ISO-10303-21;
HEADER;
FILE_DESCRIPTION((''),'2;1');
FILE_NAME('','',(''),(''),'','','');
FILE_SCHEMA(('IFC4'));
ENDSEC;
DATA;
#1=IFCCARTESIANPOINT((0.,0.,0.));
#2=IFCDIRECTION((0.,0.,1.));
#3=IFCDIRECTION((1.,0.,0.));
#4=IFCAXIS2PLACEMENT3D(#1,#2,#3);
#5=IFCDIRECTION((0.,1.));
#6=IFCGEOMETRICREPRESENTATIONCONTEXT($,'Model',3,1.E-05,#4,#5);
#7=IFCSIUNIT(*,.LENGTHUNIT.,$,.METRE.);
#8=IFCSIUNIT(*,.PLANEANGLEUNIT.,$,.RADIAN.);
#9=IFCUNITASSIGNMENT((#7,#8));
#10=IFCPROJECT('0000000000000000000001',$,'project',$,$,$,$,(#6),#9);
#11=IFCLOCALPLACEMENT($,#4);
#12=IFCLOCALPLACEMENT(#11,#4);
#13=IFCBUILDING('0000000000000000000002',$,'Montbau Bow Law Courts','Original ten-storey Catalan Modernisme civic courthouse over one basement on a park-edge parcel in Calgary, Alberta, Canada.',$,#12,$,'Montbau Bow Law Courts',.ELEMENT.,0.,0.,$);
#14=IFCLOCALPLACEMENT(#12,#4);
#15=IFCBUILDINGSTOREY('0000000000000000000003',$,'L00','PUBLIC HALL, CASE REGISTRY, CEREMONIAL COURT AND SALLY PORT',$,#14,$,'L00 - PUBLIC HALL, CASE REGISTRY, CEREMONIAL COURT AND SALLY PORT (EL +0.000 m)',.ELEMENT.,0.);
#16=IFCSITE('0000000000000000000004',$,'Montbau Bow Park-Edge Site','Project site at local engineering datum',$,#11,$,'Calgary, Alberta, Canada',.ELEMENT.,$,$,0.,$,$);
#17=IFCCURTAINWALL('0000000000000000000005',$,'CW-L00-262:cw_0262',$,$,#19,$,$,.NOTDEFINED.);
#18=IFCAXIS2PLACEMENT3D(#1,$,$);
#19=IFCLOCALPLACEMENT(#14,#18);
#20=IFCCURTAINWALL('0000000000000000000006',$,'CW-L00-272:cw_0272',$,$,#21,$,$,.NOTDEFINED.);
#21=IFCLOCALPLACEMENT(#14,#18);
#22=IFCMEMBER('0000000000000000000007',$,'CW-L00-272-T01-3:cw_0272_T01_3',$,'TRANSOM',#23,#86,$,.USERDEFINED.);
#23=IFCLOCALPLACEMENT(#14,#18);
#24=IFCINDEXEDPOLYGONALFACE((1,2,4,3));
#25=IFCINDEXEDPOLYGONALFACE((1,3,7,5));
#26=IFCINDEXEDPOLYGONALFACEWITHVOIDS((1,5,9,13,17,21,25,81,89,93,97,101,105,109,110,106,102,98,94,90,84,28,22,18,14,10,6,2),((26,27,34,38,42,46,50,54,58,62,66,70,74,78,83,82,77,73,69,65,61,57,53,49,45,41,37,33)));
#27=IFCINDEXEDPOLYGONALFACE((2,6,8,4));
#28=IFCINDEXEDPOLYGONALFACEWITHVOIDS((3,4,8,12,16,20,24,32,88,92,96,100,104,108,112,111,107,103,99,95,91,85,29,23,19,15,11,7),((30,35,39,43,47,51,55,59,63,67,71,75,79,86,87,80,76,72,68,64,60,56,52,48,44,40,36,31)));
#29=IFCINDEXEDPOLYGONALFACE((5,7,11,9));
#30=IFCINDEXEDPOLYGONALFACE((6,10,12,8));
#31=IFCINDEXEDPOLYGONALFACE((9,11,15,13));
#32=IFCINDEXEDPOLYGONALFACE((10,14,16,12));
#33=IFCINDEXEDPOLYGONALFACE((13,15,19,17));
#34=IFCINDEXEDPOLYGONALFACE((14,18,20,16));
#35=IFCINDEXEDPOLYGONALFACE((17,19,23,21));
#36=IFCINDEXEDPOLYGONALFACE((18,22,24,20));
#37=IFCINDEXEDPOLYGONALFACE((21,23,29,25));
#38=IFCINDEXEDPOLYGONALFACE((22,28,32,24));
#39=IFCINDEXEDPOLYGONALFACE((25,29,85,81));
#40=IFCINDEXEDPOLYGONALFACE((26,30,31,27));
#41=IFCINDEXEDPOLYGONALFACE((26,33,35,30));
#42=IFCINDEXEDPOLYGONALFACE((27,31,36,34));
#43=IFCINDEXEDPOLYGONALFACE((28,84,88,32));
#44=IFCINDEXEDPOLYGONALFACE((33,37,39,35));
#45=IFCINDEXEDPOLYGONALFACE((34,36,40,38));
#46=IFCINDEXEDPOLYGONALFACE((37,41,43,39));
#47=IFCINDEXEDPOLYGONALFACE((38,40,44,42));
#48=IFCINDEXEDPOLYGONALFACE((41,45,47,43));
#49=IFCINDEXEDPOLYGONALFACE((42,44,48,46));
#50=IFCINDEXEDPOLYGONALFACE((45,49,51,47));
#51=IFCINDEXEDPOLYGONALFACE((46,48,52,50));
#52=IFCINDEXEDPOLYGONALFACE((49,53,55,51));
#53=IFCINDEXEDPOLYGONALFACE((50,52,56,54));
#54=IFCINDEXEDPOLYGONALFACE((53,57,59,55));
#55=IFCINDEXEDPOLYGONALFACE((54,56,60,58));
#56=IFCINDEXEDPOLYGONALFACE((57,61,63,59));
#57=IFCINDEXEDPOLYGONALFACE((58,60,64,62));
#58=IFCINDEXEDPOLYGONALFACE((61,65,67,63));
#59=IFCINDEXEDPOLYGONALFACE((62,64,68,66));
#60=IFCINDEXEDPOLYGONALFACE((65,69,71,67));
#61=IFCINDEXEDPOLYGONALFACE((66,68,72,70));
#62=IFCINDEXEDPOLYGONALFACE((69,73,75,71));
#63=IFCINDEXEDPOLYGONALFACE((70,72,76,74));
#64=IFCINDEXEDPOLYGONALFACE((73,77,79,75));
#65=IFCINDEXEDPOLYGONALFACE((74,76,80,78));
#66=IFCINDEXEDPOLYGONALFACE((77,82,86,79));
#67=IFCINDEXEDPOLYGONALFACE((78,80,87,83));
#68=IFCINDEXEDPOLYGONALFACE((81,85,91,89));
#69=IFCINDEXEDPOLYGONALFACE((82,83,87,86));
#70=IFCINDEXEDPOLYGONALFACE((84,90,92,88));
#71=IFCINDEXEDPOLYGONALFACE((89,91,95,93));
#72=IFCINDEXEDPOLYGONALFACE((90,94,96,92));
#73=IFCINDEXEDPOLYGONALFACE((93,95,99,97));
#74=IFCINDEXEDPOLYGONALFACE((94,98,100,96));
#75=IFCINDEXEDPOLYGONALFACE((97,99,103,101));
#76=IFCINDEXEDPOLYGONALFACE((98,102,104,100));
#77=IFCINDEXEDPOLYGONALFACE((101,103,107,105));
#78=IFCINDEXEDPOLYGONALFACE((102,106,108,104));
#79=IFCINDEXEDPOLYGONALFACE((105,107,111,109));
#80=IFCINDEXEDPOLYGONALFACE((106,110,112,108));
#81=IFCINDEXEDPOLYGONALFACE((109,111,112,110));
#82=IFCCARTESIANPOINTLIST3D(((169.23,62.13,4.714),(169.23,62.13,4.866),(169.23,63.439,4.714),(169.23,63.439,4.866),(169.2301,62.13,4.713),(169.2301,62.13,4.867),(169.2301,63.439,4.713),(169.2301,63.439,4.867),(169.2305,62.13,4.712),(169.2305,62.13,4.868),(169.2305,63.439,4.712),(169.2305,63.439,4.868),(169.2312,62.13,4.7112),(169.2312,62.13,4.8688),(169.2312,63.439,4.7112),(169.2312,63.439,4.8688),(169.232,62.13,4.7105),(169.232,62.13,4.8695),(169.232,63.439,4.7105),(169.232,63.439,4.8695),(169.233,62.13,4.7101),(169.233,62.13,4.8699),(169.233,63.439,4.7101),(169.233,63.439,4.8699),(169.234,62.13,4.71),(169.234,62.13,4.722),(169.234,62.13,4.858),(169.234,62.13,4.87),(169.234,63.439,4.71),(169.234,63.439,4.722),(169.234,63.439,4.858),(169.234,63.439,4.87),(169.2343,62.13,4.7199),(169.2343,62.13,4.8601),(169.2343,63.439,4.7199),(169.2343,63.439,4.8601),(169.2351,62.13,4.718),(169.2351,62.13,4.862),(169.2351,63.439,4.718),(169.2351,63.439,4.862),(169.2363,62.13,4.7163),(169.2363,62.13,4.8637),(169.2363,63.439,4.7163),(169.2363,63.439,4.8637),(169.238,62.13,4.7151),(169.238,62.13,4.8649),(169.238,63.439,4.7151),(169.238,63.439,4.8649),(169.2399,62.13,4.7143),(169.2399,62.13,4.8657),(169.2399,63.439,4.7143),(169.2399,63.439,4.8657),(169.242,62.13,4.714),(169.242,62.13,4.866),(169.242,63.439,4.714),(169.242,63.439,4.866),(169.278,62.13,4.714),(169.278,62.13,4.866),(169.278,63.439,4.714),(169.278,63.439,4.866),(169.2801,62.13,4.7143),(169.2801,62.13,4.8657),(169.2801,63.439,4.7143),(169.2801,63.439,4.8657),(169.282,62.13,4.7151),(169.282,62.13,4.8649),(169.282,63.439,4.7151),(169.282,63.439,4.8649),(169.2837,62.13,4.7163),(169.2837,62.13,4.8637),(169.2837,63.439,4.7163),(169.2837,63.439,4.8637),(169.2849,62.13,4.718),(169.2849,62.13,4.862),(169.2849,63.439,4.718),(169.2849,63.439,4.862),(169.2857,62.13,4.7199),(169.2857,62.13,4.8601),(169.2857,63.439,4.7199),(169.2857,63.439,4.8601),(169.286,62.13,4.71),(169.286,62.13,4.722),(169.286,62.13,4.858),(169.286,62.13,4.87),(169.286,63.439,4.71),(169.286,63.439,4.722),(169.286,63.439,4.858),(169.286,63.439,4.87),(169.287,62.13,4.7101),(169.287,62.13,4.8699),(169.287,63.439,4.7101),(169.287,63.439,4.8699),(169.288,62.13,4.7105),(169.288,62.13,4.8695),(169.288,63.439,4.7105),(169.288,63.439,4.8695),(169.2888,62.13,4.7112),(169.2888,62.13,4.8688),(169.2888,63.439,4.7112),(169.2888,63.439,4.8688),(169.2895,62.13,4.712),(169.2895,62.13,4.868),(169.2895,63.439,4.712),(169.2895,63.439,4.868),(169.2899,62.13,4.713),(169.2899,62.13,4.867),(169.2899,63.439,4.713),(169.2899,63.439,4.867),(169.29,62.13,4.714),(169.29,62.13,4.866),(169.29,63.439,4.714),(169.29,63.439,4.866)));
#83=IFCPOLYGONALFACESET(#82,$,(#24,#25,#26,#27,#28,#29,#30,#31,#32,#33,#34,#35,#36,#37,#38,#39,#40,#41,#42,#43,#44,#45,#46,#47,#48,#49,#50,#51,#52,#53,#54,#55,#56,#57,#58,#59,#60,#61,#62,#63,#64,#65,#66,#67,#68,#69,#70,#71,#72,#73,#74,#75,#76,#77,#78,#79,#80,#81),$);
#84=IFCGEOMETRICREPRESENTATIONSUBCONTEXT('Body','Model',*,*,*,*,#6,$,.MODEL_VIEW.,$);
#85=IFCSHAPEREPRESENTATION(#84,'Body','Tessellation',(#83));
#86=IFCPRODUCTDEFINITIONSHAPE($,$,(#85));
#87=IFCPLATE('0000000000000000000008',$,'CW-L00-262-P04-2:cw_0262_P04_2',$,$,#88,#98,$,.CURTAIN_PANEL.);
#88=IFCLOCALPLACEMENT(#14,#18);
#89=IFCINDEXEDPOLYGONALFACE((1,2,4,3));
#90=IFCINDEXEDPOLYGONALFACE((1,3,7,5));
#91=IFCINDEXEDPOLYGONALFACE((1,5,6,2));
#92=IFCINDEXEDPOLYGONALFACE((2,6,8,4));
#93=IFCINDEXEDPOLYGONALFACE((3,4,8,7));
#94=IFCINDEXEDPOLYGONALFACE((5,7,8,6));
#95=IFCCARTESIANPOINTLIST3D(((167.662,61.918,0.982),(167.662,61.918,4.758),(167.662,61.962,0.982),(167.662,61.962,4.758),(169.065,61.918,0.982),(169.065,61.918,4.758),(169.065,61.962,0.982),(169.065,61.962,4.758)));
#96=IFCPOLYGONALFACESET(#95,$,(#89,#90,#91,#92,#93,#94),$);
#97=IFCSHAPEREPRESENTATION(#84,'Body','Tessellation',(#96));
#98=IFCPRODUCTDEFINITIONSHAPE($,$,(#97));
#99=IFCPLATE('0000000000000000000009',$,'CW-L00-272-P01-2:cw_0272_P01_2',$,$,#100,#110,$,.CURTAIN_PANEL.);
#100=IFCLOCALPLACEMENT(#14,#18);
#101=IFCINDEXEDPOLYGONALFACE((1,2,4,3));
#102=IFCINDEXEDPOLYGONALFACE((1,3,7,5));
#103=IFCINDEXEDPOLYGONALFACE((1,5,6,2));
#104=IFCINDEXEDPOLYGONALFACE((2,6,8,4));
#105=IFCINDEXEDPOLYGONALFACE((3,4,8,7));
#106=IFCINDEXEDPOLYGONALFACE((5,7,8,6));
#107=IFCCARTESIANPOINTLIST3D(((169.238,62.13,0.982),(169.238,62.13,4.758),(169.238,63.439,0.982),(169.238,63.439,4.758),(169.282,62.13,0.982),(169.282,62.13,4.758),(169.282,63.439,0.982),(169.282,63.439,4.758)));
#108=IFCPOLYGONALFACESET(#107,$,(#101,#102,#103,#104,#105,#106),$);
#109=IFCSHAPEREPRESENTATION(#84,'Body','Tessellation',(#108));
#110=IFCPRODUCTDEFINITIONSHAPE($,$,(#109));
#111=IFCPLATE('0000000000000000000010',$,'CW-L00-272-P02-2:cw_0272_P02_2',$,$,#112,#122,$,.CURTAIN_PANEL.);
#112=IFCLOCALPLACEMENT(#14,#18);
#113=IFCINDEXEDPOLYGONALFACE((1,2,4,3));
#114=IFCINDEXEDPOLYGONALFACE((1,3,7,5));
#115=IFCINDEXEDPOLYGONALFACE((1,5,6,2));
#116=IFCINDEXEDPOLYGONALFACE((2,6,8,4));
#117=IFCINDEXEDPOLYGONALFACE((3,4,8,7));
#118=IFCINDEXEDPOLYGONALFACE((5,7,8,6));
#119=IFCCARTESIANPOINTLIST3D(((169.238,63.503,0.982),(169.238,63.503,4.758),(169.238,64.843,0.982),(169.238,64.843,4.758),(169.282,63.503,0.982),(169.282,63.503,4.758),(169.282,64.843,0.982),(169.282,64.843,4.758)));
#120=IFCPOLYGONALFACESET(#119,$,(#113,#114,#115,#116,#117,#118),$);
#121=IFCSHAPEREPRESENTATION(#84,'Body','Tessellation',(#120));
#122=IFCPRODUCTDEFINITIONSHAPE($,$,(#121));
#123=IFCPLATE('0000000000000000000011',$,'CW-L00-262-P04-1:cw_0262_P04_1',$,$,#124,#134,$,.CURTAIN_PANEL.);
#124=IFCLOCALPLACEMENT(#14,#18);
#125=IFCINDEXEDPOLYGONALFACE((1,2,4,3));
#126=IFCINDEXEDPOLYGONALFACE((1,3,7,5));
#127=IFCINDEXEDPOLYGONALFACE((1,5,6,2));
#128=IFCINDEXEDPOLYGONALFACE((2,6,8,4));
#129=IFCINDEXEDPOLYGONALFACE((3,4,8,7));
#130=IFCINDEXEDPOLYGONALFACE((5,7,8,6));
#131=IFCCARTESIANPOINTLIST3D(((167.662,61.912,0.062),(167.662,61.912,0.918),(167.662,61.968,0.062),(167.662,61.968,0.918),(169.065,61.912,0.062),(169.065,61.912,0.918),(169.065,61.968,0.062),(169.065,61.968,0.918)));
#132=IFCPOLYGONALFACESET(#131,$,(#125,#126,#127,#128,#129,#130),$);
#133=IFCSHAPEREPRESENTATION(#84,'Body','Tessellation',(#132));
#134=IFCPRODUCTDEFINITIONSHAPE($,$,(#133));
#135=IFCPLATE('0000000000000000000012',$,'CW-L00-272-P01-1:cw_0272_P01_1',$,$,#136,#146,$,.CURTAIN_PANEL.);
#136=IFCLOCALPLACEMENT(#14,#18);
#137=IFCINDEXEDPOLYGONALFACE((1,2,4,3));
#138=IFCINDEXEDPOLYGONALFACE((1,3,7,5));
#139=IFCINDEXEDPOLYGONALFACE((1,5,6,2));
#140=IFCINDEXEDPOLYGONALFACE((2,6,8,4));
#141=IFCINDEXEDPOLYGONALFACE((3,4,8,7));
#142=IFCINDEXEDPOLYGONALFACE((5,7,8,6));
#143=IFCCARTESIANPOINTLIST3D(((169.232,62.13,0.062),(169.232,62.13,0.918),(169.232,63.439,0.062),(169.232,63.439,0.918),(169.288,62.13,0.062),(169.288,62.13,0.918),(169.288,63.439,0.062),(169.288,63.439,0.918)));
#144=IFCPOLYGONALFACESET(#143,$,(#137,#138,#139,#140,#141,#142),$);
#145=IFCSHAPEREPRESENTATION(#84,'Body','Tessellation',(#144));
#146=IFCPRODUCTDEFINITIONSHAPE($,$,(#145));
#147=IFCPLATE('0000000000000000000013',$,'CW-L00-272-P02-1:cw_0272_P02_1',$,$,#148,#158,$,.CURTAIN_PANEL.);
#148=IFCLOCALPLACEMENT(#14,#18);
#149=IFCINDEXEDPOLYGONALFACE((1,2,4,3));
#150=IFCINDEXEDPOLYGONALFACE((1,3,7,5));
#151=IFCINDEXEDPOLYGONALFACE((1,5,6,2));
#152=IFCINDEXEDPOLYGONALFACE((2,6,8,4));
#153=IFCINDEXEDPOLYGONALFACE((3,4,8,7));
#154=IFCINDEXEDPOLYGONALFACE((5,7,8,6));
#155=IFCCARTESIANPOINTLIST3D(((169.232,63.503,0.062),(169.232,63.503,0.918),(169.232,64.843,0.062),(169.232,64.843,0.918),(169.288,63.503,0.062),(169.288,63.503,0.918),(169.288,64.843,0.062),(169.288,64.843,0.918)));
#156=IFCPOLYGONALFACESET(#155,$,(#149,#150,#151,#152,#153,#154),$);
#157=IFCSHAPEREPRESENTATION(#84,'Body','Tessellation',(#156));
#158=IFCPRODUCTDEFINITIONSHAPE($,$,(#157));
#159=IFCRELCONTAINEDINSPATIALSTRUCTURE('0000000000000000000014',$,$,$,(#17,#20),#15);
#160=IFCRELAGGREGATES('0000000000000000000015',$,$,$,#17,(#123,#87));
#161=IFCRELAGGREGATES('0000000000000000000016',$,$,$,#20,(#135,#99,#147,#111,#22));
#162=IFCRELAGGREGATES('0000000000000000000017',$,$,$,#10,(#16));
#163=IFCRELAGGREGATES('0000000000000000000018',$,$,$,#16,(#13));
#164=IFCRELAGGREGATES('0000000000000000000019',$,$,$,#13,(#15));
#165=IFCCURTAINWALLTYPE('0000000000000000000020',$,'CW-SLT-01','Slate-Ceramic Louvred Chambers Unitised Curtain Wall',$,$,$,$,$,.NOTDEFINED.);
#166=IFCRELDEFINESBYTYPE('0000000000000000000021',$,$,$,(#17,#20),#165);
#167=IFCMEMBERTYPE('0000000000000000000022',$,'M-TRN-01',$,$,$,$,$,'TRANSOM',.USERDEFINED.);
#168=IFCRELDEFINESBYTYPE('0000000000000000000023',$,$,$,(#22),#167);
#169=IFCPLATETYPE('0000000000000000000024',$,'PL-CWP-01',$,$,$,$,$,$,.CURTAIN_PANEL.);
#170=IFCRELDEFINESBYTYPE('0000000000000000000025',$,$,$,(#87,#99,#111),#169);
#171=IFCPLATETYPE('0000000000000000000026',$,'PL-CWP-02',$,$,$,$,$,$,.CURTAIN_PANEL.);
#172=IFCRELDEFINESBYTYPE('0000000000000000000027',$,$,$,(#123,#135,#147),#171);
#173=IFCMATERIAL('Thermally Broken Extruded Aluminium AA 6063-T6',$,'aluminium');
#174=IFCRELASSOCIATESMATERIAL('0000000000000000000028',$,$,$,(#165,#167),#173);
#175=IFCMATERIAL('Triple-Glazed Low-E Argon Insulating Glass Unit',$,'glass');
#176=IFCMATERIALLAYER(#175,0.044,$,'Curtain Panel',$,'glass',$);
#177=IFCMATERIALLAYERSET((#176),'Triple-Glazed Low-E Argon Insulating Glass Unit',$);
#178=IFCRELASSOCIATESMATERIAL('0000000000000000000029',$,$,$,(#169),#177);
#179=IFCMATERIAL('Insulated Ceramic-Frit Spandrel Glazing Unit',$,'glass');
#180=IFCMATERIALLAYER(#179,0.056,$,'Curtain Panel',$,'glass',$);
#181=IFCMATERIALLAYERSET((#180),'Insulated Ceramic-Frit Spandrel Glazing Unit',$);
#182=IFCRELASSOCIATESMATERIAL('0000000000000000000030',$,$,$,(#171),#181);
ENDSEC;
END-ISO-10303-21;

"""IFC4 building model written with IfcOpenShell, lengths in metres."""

from ifc_helpers import new_model, si_unit, direction, frame, frame_2d, origin_with_axes, origin_2d_with_axis, place, context, subcontext, project, spatial, rectangle, hollow_rectangle, extrude, material, layer, layer_set, material_profile, profile_set, type_object, element, aggregate, save


model = new_model("IFC4")

# Units and contexts
model_context = context("Model", 3, precision=1e-05, world=origin_with_axes(), true_north=direction((0.0, 1.0)))
body_context = subcontext(model_context, "Body", "Model", "MODEL_VIEW")
ifc_project = project(units=[si_unit("LENGTHUNIT", "METRE"), si_unit("PLANEANGLEUNIT", "RADIAN")], contexts=[model_context])

# Site, building, storey
site_placement = place(None, origin_with_axes())
site = spatial("IfcSite", under=ifc_project, at=site_placement, Name="Montbau Bow Park-Edge Site", Description="Project site at local engineering datum", LongName="Calgary, Alberta, Canada", CompositionType="ELEMENT", RefElevation=0.0)
building_placement = place(site_placement, origin_with_axes())
building = spatial("IfcBuilding", under=site, at=building_placement, Name="Montbau Bow Law Courts", Description="Original ten-storey Catalan Modernisme civic courthouse over one basement on a park-edge parcel in Calgary, Alberta, Canada.", LongName="Montbau Bow Law Courts", CompositionType="ELEMENT", ElevationOfRefHeight=0.0, ElevationOfTerrain=0.0)
storey_placement = place(building_placement, origin_with_axes())
storey = spatial("IfcBuildingStorey", under=building, at=storey_placement, Name="L00", Description="PUBLIC HALL, CASE REGISTRY, CEREMONIAL COURT AND SALLY PORT", LongName="L00 - PUBLIC HALL, CASE REGISTRY, CEREMONIAL COURT AND SALLY PORT (EL +0.000 m)", CompositionType="ELEMENT", Elevation=0.0)

# Curtain walls
ifc_material_1 = material(Name="Thermally Broken Extruded Aluminium AA 6063-T6", Category="aluminium")
curtain_wall_type = type_object("IfcCurtainWallType", Name="CW-SLT-01", Description="Slate-Ceramic Louvred Chambers Unitised Curtain Wall", PredefinedType="NOTDEFINED", material=ifc_material_1)
curtain_wall_1_placement = place(None, frame((163.115, 61.94, 0.0), z_axis=(0.0, 0.0, 1.0), x_axis=(1.0, 0.0, 0.0)))
curtain_wall_1 = element("IfcCurtainWall", 1, at=curtain_wall_1_placement, inside=storey, type_object=curtain_wall_type, Name="CW-L00-262:cw_0262", PredefinedType="NOTDEFINED")
curtain_wall_2_placement = place(None, frame((169.26, 62.068, 0.0), z_axis=(0.0, 0.0, 1.0), x_axis=(1.0, 0.0, 0.0)))
curtain_wall_2 = element("IfcCurtainWall", 2, at=curtain_wall_2_placement, inside=storey, type_object=curtain_wall_type, Name="CW-L00-272:cw_0272", PredefinedType="NOTDEFINED")

# Member
ifc_material_profile_1 = material_profile(ifc_material_1, hollow_rectangle(XDim=0.06, YDim=0.16, WallThickness=0.004, InnerFilletRadius=0.008, OuterFilletRadius=0.004, at=origin_2d_with_axis()), Name="CWT-160X60", Category="Main", Priority=0)
ifc_profile_set_1 = profile_set([ifc_material_profile_1], Name="Thermally Broken Extruded Aluminium AA 6063-T6")
member_type_1 = type_object("IfcMemberType", Name="M-TRN-01", ElementType="TRANSOM", PredefinedType="USERDEFINED", material=ifc_profile_set_1)
member_1_placement = place(None, frame((169.26, 62.13, 4.79), z_axis=(0.0, 1.0, 0.0), x_axis=(-1.0, 0.0, 0.0)))
member_1 = element("IfcMember", 3, at=member_1_placement, type_object=member_type_1, Name="CW-L00-272-T01-3:cw_0272_T01_3", ObjectType="TRANSOM", PredefinedType="USERDEFINED", context=body_context, shape_type="SweptSolid", body=[
    extrude(hollow_rectangle(XDim=0.06, YDim=0.16, WallThickness=0.004, InnerFilletRadius=0.008, OuterFilletRadius=0.004, at=origin_2d_with_axis()), origin_with_axes(), (0.0, 0.0, 1.0), 1.309),
])

# Plates
ifc_material_2 = material(Name="Triple-Glazed Low-E Argon Insulating Glass Unit", Category="glass")
ifc_layer_1 = layer(ifc_material_2, 0.044, Name="Curtain Panel", Category="glass")
ifc_layer_set_1 = layer_set([ifc_layer_1], Name="Triple-Glazed Low-E Argon Insulating Glass Unit")
plate_type_1 = type_object("IfcPlateType", Name="PL-CWP-01", PredefinedType="CURTAIN_PANEL", material=ifc_layer_set_1)
plate_1_placement = place(None, frame((167.662, 61.94, 0.982), z_axis=(0.0, -1.0, 0.0), x_axis=(1.0, 0.0, 0.0)))
plate_1 = element("IfcPlate", 4, at=plate_1_placement, type_object=plate_type_1, Name="CW-L00-262-P04-2:cw_0262_P04_2", PredefinedType="CURTAIN_PANEL", context=body_context, shape_type="SweptSolid", body=[
    extrude(rectangle(XDim=1.403, YDim=3.776, at=frame_2d((0.7015, 1.888), x_axis=(1.0, 0.0))), frame((0.0, 0.0, -0.022), z_axis=(0.0, 0.0, 1.0), x_axis=(1.0, 0.0, 0.0)), (0.0, 0.0, 1.0), 0.044),
])
plate_2_placement = place(None, frame((169.26, 62.13, 0.982), z_axis=(1.0, 0.0, 0.0), x_axis=(0.0, 1.0, 0.0)))
plate_2 = element("IfcPlate", 5, at=plate_2_placement, type_object=plate_type_1, Name="CW-L00-272-P01-2:cw_0272_P01_2", PredefinedType="CURTAIN_PANEL", context=body_context, shape_type="SweptSolid", body=[
    extrude(rectangle(XDim=1.309, YDim=3.776, at=frame_2d((0.6545, 1.888), x_axis=(1.0, 0.0))), frame((0.0, 0.0, -0.022), z_axis=(0.0, 0.0, 1.0), x_axis=(1.0, 0.0, 0.0)), (0.0, 0.0, 1.0), 0.044),
])
plate_3_placement = place(None, frame((169.26, 63.503, 0.982), z_axis=(1.0, 0.0, 0.0), x_axis=(0.0, 1.0, 0.0)))
plate_3 = element("IfcPlate", 6, at=plate_3_placement, type_object=plate_type_1, Name="CW-L00-272-P02-2:cw_0272_P02_2", PredefinedType="CURTAIN_PANEL", context=body_context, shape_type="SweptSolid", body=[
    extrude(rectangle(XDim=1.34, YDim=3.776, at=frame_2d((0.67, 1.888), x_axis=(1.0, 0.0))), frame((0.0, 0.0, -0.022), z_axis=(0.0, 0.0, 1.0), x_axis=(1.0, 0.0, 0.0)), (0.0, 0.0, 1.0), 0.044),
])
ifc_material_3 = material(Name="Insulated Ceramic-Frit Spandrel Glazing Unit", Category="glass")
ifc_layer_2 = layer(ifc_material_3, 0.056, Name="Curtain Panel", Category="glass")
ifc_layer_set_2 = layer_set([ifc_layer_2], Name="Insulated Ceramic-Frit Spandrel Glazing Unit")
plate_type_2 = type_object("IfcPlateType", Name="PL-CWP-02", PredefinedType="CURTAIN_PANEL", material=ifc_layer_set_2)
plate_4_placement = place(None, frame((167.662, 61.94, 0.062), z_axis=(0.0, -1.0, 0.0), x_axis=(1.0, 0.0, 0.0)))
plate_4 = element("IfcPlate", 7, at=plate_4_placement, type_object=plate_type_2, Name="CW-L00-262-P04-1:cw_0262_P04_1", PredefinedType="CURTAIN_PANEL", context=body_context, shape_type="SweptSolid", body=[
    extrude(rectangle(XDim=1.403, YDim=0.856, at=frame_2d((0.7015, 0.428), x_axis=(1.0, 0.0))), frame((0.0, 0.0, -0.028), z_axis=(0.0, 0.0, 1.0), x_axis=(1.0, 0.0, 0.0)), (0.0, 0.0, 1.0), 0.056),
])
aggregate(curtain_wall_1, [plate_4, plate_1])
plate_5_placement = place(None, frame((169.26, 62.13, 0.062), z_axis=(1.0, 0.0, 0.0), x_axis=(0.0, 1.0, 0.0)))
plate_5 = element("IfcPlate", 8, at=plate_5_placement, type_object=plate_type_2, Name="CW-L00-272-P01-1:cw_0272_P01_1", PredefinedType="CURTAIN_PANEL", context=body_context, shape_type="SweptSolid", body=[
    extrude(rectangle(XDim=1.309, YDim=0.856, at=frame_2d((0.6545, 0.428), x_axis=(1.0, 0.0))), frame((0.0, 0.0, -0.028), z_axis=(0.0, 0.0, 1.0), x_axis=(1.0, 0.0, 0.0)), (0.0, 0.0, 1.0), 0.056),
])
plate_6_placement = place(None, frame((169.26, 63.503, 0.062), z_axis=(1.0, 0.0, 0.0), x_axis=(0.0, 1.0, 0.0)))
plate_6 = element("IfcPlate", 9, at=plate_6_placement, type_object=plate_type_2, Name="CW-L00-272-P02-1:cw_0272_P02_1", PredefinedType="CURTAIN_PANEL", context=body_context, shape_type="SweptSolid", body=[
    extrude(rectangle(XDim=1.34, YDim=0.856, at=frame_2d((0.67, 0.428), x_axis=(1.0, 0.0))), frame((0.0, 0.0, -0.028), z_axis=(0.0, 0.0, 1.0), x_axis=(1.0, 0.0, 0.0)), (0.0, 0.0, 1.0), 0.056),
])
aggregate(curtain_wall_2, [plate_5, plate_2, plate_6, plate_3, member_1])

save(model, "model.ifc")
